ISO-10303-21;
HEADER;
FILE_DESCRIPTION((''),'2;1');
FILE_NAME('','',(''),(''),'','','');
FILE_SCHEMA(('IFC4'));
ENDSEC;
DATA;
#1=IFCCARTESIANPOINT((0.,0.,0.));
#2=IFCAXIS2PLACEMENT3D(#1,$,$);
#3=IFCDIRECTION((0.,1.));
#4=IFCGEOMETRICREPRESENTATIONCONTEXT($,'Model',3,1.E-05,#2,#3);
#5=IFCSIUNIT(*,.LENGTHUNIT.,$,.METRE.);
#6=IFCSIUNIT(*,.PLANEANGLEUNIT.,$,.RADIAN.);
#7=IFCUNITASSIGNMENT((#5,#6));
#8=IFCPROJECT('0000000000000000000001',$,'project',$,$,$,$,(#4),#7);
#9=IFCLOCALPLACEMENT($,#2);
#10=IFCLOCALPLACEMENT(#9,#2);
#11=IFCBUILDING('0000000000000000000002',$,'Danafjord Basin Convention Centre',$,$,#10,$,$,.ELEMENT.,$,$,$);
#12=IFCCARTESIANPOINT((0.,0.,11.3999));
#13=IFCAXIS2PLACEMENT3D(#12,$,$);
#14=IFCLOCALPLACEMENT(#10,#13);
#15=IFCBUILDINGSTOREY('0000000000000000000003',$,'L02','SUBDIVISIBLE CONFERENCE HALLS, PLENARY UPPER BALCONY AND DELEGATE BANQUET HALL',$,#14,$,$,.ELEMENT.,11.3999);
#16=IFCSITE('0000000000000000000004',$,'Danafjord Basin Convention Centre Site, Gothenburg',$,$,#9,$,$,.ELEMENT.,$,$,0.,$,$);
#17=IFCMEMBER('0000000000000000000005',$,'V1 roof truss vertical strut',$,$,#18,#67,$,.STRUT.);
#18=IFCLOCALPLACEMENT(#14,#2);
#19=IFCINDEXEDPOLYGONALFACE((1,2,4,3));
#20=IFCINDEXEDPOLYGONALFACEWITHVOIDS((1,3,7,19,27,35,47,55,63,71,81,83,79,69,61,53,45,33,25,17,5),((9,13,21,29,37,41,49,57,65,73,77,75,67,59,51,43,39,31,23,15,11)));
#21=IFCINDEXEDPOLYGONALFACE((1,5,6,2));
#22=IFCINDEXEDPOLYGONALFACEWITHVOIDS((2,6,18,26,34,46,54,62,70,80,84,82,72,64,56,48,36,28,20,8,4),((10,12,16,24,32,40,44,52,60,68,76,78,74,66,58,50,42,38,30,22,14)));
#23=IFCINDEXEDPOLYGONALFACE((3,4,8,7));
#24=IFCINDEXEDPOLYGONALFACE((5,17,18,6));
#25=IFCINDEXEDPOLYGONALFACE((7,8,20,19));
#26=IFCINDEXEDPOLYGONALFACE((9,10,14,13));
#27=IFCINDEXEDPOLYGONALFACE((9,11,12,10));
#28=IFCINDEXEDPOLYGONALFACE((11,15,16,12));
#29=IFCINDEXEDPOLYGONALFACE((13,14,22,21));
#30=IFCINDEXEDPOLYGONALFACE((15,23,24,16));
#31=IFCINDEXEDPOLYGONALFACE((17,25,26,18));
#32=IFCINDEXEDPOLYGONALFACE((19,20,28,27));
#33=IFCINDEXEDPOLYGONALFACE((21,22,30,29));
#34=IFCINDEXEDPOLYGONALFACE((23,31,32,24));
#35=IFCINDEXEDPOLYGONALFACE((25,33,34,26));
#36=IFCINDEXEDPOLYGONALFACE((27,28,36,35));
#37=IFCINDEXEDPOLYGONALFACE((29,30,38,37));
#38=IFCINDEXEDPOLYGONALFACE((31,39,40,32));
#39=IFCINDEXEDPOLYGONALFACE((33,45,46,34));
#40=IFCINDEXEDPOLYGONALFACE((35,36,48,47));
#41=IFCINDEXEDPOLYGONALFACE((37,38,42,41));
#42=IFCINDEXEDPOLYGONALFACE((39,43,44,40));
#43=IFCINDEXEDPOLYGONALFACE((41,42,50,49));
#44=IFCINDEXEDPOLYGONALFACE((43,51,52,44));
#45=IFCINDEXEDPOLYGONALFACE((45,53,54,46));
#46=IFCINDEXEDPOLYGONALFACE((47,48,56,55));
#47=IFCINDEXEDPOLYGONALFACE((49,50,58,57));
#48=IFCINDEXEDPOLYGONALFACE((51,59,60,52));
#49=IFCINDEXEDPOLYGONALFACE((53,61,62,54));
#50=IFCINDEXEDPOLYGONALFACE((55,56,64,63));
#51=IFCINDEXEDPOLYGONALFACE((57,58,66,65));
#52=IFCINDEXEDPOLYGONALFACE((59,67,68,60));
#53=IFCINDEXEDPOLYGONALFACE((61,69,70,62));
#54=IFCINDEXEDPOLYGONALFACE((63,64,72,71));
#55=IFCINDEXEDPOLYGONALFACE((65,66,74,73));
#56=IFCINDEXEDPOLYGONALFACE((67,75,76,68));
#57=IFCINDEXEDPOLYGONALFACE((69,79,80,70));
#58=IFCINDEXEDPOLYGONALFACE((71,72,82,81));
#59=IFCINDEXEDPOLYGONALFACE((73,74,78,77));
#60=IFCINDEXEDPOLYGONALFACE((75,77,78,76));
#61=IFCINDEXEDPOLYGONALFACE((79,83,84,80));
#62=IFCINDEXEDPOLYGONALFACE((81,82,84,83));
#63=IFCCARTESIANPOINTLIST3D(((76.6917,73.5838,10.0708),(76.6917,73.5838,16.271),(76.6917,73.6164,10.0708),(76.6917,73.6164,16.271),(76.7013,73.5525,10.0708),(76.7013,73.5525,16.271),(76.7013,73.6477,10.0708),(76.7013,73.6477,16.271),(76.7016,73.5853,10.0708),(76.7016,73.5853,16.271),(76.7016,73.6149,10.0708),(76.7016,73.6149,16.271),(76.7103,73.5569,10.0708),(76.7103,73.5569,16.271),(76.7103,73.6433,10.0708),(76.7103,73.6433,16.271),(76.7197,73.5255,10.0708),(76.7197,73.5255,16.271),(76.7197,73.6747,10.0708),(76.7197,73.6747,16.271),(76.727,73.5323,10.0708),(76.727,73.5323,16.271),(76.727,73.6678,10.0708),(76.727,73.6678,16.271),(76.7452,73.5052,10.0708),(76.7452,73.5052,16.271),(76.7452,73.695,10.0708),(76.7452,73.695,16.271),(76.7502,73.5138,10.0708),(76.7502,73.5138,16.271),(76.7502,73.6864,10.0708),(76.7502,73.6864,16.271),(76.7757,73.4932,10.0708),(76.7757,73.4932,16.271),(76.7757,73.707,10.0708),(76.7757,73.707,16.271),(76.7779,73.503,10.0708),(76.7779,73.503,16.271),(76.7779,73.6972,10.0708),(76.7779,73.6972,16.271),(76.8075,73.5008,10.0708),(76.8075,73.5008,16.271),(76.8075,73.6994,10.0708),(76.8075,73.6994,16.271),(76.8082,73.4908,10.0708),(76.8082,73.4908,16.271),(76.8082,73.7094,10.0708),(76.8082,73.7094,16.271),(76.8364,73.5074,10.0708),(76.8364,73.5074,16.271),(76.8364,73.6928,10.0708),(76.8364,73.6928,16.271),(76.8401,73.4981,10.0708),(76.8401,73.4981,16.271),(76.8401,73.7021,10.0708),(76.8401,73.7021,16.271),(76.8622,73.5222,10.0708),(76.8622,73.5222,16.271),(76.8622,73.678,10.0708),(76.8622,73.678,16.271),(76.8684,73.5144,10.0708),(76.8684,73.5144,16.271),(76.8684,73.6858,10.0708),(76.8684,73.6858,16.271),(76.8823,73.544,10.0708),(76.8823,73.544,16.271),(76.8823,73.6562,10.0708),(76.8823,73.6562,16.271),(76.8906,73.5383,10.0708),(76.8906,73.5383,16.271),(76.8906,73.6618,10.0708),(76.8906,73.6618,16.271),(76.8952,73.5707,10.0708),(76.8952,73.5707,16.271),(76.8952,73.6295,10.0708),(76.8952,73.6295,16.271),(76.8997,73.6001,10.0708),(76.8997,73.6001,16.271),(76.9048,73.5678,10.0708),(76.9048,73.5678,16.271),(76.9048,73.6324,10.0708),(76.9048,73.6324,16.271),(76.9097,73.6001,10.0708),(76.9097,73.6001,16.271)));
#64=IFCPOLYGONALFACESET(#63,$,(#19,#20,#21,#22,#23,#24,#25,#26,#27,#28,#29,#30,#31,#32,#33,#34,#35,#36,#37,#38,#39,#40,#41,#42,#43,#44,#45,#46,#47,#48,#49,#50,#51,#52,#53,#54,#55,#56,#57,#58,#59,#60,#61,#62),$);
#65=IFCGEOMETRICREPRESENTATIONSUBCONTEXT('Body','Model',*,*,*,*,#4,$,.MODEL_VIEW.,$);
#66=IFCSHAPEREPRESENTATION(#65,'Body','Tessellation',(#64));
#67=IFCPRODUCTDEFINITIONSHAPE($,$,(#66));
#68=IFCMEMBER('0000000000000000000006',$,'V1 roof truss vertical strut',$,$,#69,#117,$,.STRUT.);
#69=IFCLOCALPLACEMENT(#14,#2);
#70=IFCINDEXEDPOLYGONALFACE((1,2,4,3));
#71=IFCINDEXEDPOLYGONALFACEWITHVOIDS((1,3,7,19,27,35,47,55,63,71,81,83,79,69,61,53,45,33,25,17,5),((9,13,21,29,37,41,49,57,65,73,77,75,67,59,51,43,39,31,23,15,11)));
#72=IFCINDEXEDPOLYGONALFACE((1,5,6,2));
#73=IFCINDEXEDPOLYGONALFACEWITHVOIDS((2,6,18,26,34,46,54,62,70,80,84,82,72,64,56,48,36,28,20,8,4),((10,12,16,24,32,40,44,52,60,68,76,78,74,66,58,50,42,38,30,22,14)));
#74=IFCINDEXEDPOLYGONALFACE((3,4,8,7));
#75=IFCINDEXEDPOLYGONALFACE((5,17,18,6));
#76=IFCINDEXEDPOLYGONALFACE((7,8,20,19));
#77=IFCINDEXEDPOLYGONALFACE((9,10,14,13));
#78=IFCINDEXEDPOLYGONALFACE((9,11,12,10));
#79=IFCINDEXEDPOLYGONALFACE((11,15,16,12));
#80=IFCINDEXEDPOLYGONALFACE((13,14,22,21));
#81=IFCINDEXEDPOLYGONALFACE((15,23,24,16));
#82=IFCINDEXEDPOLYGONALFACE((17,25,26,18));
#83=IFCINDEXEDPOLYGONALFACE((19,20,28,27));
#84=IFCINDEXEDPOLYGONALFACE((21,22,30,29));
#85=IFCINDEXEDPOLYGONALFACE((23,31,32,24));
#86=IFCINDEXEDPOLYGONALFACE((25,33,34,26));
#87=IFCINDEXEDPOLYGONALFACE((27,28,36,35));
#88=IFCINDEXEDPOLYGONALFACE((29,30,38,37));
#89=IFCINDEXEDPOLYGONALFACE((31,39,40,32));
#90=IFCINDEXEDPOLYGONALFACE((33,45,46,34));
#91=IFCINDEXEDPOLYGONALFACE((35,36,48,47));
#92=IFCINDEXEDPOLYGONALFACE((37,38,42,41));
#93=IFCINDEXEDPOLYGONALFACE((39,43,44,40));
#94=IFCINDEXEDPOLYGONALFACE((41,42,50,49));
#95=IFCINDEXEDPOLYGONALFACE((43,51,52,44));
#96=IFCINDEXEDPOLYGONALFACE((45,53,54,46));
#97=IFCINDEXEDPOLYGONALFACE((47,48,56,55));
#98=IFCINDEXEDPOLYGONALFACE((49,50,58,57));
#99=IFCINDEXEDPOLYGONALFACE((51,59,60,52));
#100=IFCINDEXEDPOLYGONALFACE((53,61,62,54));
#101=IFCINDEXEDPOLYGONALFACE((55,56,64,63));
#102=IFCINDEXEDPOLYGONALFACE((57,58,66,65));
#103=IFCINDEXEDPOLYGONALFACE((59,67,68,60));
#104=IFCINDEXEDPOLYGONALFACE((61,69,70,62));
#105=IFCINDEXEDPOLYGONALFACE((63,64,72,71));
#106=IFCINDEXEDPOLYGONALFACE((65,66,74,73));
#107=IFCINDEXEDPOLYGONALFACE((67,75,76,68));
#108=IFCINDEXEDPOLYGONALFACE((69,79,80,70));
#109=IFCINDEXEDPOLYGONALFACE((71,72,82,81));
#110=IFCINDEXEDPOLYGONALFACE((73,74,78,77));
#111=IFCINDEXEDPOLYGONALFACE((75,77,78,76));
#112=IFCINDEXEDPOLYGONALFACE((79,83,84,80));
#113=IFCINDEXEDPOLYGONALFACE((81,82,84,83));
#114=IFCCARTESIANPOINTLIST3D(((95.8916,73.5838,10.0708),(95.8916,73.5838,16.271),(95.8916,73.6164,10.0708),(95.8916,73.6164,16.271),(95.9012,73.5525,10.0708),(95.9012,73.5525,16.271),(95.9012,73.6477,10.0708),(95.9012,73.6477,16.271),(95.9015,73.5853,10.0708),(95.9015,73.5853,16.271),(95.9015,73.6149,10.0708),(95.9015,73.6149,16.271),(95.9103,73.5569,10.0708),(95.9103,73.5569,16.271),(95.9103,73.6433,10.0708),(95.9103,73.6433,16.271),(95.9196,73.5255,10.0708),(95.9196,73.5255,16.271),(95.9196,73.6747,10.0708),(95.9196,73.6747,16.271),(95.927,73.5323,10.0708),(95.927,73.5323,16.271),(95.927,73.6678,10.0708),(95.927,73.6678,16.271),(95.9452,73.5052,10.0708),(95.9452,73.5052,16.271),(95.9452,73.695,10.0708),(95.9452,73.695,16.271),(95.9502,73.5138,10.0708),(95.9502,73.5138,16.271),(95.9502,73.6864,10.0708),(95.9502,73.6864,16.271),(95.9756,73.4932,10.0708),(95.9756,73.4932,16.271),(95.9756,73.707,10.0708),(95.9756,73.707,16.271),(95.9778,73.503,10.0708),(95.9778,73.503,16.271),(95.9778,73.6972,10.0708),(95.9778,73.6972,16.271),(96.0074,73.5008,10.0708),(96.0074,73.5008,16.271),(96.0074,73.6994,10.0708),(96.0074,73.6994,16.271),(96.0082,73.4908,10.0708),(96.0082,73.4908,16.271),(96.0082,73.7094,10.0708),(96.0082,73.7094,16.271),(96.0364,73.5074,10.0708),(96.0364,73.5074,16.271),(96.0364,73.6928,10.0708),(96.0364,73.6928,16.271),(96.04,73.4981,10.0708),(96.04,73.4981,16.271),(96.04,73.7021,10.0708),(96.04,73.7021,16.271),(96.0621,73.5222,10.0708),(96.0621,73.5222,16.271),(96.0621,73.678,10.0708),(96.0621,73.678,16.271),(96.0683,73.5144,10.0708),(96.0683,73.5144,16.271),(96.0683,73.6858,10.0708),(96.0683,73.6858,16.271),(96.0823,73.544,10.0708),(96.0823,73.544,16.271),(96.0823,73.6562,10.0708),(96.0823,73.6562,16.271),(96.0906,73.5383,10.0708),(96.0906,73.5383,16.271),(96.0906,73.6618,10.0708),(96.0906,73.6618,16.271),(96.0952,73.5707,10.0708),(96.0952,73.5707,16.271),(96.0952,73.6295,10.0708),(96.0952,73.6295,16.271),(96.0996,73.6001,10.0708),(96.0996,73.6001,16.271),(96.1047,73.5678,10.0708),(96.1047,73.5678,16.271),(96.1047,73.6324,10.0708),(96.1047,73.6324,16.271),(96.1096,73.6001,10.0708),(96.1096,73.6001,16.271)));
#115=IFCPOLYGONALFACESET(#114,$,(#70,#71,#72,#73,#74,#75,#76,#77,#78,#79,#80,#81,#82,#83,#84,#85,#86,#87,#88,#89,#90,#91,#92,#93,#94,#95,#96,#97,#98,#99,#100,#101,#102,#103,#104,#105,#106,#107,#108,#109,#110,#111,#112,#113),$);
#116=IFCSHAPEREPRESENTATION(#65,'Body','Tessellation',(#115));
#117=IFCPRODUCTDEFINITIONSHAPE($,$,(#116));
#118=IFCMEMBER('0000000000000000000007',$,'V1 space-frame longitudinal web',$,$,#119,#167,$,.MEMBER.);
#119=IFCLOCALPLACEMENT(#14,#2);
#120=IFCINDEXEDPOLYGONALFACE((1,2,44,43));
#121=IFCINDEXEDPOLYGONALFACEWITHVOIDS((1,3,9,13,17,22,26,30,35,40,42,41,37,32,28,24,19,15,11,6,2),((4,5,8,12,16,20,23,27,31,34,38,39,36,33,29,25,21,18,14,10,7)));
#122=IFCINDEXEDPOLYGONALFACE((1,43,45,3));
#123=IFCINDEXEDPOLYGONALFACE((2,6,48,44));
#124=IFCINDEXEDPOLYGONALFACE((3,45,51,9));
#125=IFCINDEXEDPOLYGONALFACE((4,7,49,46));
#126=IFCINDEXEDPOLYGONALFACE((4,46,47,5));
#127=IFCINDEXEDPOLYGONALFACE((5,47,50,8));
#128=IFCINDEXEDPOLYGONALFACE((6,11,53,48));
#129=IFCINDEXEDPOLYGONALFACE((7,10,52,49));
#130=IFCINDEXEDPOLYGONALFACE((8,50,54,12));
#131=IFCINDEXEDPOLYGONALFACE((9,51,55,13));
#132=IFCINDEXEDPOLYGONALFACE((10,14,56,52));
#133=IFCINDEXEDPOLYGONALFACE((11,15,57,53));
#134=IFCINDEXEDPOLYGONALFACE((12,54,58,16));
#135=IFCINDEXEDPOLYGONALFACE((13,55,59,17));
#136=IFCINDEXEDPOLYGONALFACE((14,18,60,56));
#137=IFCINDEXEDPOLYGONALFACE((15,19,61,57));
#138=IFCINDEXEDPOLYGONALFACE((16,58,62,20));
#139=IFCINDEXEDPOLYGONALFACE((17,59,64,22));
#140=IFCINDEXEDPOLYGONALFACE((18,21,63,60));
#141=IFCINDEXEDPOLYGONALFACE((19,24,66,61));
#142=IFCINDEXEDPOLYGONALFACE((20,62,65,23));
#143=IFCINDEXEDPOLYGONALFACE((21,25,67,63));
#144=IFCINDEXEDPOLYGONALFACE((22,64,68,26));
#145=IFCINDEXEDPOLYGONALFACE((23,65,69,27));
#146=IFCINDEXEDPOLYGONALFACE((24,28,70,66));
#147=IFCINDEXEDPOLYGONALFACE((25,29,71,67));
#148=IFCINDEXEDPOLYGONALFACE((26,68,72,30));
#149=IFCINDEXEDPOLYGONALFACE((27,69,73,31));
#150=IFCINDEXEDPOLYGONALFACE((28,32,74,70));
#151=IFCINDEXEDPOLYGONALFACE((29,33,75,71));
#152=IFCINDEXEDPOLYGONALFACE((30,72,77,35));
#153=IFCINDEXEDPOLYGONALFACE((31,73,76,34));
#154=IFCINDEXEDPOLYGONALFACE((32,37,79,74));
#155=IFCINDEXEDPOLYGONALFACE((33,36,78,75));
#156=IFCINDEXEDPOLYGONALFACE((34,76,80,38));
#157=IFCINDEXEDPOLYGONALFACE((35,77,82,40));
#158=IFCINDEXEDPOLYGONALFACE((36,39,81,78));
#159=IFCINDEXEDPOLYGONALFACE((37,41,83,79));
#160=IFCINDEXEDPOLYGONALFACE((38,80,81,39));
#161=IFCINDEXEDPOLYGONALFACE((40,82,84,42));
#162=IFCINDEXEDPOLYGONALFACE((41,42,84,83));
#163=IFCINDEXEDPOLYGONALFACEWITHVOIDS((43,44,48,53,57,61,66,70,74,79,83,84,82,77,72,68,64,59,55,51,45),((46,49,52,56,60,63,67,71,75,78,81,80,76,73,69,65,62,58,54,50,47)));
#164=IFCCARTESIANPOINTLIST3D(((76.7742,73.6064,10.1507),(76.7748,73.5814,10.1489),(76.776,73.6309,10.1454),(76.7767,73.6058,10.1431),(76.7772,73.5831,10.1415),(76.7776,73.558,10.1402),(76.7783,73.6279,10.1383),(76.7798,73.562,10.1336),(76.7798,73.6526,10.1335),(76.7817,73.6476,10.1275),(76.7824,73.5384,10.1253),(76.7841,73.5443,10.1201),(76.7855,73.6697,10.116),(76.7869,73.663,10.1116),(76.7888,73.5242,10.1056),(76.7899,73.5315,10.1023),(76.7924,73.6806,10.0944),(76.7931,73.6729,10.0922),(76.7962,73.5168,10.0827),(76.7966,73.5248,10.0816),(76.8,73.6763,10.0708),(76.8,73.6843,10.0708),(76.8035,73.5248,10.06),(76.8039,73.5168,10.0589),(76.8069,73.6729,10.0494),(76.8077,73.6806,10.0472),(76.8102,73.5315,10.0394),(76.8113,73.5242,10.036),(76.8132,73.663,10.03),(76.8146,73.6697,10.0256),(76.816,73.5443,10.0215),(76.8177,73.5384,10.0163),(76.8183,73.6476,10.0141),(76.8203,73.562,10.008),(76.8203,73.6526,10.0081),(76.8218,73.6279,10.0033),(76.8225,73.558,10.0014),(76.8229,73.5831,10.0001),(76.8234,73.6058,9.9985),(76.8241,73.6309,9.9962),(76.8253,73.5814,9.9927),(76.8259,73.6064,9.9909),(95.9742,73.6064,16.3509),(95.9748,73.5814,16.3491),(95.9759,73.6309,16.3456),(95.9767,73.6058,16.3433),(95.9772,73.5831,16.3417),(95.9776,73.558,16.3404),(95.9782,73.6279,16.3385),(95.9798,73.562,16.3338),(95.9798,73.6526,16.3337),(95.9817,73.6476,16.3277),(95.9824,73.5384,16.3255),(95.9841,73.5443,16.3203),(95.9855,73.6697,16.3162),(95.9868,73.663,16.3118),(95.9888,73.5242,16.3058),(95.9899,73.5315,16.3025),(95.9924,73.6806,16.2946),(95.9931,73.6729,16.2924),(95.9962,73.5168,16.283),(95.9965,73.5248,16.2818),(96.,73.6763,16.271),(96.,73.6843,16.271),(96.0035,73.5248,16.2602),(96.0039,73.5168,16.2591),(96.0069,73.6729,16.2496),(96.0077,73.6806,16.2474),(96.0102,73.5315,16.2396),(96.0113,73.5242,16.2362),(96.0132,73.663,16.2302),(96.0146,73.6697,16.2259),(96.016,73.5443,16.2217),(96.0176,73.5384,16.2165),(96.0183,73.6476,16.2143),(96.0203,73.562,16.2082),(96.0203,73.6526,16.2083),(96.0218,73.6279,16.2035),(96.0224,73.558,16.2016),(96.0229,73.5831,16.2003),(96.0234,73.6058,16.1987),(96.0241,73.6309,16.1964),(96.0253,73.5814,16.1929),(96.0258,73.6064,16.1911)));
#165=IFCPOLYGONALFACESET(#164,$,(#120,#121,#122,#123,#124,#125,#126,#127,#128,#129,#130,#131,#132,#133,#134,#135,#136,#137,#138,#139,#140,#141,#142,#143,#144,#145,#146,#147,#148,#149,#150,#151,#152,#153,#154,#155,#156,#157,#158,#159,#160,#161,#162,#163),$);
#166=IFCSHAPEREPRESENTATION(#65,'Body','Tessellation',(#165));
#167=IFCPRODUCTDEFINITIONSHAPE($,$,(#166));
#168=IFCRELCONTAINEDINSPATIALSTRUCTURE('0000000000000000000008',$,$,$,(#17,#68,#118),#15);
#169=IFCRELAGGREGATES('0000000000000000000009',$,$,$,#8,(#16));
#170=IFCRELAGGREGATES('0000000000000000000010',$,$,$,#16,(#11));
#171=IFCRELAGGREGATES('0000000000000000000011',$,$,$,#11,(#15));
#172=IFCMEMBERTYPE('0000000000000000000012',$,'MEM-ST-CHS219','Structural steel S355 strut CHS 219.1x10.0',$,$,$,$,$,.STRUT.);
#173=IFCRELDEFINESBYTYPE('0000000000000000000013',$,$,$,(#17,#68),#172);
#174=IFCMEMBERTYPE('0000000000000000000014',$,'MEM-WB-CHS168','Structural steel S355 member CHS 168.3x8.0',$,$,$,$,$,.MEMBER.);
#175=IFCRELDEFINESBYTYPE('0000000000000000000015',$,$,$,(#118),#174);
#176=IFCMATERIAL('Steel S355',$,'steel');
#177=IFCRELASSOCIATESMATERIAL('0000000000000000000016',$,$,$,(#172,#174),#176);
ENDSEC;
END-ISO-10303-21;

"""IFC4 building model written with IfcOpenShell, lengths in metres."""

from ifc_helpers import new_model, si_unit, direction, frame, origin, origin_2d, place, context, subcontext, project, spatial, hollow_circle, extrude, material, material_profile, profile_set, type_object, element, save


model = new_model("IFC4")

# Units and contexts
model_context = context("Model", 3, precision=1e-05, world=origin(), true_north=direction((0.0, 1.0)))
body_context = subcontext(model_context, "Body", "Model", "MODEL_VIEW")
ifc_project = project(units=[si_unit("LENGTHUNIT", "METRE"), si_unit("PLANEANGLEUNIT", "RADIAN")], contexts=[model_context])

# Site, building, storey
site_placement = place(None, origin())
site = spatial("IfcSite", under=ifc_project, at=site_placement, Name="Danafjord Basin Convention Centre Site, Gothenburg", CompositionType="ELEMENT", RefElevation=0.0)
building_placement = place(site_placement, origin())
building = spatial("IfcBuilding", under=site, at=building_placement, Name="Danafjord Basin Convention Centre", CompositionType="ELEMENT")
storey_placement = place(building_placement, frame((0.0, 0.0, 11.3999)))
storey = spatial("IfcBuildingStorey", under=building, at=storey_placement, Name="L02", Description="SUBDIVISIBLE CONFERENCE HALLS, PLENARY UPPER BALCONY AND DELEGATE BANQUET HALL", CompositionType="ELEMENT", Elevation=11.3999)

# Shared definitions
ifc_material_1 = material(Name="Steel S355", Category="steel")

# Members
ifc_material_profile_1 = material_profile(ifc_material_1, hollow_circle(Radius=0.1096, WallThickness=0.01, at=origin_2d()), Name="CHS 219.1x10.0")
ifc_profile_set_1 = profile_set([ifc_material_profile_1], Name="Steel S355")
member_type_1 = type_object("IfcMemberType", Name="MEM-ST-CHS219", Description="Structural steel S355 strut CHS 219.1x10.0", PredefinedType="STRUT", material=ifc_profile_set_1)
for number, where, z_axis, x_axis, name in (
    (1, (76.8, 73.6001, 10.0708), (0.0, 0.0, 1.0), (1.0, 0.0, 0.0), "V1 roof truss vertical strut"),
    (2, (96.0, 73.6001, 10.0708), (0.0, 0.0, 1.0), (1.0, 0.0, 0.0), "V1 roof truss vertical strut"),
):
    element("IfcMember", number, at=place(storey_placement, frame(where, z_axis=z_axis, x_axis=x_axis)), inside=storey, type_object=member_type_1, Name=name, PredefinedType="STRUT", context=body_context, shape_type="SweptSolid", body=[
        extrude(hollow_circle(Radius=0.1096, WallThickness=0.01, at=origin_2d()), origin(), (0.0, 0.0, 1.0), 6.2002),
    ])
ifc_material_profile_2 = material_profile(ifc_material_1, hollow_circle(Radius=0.0842, WallThickness=0.0081, at=origin_2d()), Name="CHS 168.3x8.0")
ifc_profile_set_2 = profile_set([ifc_material_profile_2], Name="Steel S355")
member_type_2 = type_object("IfcMemberType", Name="MEM-WB-CHS168", Description="Structural steel S355 member CHS 168.3x8.0", PredefinedType="MEMBER", material=ifc_profile_set_2)
member_1_placement = place(storey_placement, frame((76.8, 73.6001, 10.0708), z_axis=(0.951612, 0.0, 0.307302), x_axis=(0.0, 1.0, 0.0)))
element("IfcMember", 3, at=member_1_placement, inside=storey, type_object=member_type_2, Name="V1 space-frame longitudinal web", PredefinedType="MEMBER", context=body_context, shape_type="SweptSolid", body=[
    extrude(hollow_circle(Radius=0.0842, WallThickness=0.0081, at=origin_2d()), origin(), (0.0, 0.0, 1.0), 20.1763),
])

save(model, "model.ifc")
